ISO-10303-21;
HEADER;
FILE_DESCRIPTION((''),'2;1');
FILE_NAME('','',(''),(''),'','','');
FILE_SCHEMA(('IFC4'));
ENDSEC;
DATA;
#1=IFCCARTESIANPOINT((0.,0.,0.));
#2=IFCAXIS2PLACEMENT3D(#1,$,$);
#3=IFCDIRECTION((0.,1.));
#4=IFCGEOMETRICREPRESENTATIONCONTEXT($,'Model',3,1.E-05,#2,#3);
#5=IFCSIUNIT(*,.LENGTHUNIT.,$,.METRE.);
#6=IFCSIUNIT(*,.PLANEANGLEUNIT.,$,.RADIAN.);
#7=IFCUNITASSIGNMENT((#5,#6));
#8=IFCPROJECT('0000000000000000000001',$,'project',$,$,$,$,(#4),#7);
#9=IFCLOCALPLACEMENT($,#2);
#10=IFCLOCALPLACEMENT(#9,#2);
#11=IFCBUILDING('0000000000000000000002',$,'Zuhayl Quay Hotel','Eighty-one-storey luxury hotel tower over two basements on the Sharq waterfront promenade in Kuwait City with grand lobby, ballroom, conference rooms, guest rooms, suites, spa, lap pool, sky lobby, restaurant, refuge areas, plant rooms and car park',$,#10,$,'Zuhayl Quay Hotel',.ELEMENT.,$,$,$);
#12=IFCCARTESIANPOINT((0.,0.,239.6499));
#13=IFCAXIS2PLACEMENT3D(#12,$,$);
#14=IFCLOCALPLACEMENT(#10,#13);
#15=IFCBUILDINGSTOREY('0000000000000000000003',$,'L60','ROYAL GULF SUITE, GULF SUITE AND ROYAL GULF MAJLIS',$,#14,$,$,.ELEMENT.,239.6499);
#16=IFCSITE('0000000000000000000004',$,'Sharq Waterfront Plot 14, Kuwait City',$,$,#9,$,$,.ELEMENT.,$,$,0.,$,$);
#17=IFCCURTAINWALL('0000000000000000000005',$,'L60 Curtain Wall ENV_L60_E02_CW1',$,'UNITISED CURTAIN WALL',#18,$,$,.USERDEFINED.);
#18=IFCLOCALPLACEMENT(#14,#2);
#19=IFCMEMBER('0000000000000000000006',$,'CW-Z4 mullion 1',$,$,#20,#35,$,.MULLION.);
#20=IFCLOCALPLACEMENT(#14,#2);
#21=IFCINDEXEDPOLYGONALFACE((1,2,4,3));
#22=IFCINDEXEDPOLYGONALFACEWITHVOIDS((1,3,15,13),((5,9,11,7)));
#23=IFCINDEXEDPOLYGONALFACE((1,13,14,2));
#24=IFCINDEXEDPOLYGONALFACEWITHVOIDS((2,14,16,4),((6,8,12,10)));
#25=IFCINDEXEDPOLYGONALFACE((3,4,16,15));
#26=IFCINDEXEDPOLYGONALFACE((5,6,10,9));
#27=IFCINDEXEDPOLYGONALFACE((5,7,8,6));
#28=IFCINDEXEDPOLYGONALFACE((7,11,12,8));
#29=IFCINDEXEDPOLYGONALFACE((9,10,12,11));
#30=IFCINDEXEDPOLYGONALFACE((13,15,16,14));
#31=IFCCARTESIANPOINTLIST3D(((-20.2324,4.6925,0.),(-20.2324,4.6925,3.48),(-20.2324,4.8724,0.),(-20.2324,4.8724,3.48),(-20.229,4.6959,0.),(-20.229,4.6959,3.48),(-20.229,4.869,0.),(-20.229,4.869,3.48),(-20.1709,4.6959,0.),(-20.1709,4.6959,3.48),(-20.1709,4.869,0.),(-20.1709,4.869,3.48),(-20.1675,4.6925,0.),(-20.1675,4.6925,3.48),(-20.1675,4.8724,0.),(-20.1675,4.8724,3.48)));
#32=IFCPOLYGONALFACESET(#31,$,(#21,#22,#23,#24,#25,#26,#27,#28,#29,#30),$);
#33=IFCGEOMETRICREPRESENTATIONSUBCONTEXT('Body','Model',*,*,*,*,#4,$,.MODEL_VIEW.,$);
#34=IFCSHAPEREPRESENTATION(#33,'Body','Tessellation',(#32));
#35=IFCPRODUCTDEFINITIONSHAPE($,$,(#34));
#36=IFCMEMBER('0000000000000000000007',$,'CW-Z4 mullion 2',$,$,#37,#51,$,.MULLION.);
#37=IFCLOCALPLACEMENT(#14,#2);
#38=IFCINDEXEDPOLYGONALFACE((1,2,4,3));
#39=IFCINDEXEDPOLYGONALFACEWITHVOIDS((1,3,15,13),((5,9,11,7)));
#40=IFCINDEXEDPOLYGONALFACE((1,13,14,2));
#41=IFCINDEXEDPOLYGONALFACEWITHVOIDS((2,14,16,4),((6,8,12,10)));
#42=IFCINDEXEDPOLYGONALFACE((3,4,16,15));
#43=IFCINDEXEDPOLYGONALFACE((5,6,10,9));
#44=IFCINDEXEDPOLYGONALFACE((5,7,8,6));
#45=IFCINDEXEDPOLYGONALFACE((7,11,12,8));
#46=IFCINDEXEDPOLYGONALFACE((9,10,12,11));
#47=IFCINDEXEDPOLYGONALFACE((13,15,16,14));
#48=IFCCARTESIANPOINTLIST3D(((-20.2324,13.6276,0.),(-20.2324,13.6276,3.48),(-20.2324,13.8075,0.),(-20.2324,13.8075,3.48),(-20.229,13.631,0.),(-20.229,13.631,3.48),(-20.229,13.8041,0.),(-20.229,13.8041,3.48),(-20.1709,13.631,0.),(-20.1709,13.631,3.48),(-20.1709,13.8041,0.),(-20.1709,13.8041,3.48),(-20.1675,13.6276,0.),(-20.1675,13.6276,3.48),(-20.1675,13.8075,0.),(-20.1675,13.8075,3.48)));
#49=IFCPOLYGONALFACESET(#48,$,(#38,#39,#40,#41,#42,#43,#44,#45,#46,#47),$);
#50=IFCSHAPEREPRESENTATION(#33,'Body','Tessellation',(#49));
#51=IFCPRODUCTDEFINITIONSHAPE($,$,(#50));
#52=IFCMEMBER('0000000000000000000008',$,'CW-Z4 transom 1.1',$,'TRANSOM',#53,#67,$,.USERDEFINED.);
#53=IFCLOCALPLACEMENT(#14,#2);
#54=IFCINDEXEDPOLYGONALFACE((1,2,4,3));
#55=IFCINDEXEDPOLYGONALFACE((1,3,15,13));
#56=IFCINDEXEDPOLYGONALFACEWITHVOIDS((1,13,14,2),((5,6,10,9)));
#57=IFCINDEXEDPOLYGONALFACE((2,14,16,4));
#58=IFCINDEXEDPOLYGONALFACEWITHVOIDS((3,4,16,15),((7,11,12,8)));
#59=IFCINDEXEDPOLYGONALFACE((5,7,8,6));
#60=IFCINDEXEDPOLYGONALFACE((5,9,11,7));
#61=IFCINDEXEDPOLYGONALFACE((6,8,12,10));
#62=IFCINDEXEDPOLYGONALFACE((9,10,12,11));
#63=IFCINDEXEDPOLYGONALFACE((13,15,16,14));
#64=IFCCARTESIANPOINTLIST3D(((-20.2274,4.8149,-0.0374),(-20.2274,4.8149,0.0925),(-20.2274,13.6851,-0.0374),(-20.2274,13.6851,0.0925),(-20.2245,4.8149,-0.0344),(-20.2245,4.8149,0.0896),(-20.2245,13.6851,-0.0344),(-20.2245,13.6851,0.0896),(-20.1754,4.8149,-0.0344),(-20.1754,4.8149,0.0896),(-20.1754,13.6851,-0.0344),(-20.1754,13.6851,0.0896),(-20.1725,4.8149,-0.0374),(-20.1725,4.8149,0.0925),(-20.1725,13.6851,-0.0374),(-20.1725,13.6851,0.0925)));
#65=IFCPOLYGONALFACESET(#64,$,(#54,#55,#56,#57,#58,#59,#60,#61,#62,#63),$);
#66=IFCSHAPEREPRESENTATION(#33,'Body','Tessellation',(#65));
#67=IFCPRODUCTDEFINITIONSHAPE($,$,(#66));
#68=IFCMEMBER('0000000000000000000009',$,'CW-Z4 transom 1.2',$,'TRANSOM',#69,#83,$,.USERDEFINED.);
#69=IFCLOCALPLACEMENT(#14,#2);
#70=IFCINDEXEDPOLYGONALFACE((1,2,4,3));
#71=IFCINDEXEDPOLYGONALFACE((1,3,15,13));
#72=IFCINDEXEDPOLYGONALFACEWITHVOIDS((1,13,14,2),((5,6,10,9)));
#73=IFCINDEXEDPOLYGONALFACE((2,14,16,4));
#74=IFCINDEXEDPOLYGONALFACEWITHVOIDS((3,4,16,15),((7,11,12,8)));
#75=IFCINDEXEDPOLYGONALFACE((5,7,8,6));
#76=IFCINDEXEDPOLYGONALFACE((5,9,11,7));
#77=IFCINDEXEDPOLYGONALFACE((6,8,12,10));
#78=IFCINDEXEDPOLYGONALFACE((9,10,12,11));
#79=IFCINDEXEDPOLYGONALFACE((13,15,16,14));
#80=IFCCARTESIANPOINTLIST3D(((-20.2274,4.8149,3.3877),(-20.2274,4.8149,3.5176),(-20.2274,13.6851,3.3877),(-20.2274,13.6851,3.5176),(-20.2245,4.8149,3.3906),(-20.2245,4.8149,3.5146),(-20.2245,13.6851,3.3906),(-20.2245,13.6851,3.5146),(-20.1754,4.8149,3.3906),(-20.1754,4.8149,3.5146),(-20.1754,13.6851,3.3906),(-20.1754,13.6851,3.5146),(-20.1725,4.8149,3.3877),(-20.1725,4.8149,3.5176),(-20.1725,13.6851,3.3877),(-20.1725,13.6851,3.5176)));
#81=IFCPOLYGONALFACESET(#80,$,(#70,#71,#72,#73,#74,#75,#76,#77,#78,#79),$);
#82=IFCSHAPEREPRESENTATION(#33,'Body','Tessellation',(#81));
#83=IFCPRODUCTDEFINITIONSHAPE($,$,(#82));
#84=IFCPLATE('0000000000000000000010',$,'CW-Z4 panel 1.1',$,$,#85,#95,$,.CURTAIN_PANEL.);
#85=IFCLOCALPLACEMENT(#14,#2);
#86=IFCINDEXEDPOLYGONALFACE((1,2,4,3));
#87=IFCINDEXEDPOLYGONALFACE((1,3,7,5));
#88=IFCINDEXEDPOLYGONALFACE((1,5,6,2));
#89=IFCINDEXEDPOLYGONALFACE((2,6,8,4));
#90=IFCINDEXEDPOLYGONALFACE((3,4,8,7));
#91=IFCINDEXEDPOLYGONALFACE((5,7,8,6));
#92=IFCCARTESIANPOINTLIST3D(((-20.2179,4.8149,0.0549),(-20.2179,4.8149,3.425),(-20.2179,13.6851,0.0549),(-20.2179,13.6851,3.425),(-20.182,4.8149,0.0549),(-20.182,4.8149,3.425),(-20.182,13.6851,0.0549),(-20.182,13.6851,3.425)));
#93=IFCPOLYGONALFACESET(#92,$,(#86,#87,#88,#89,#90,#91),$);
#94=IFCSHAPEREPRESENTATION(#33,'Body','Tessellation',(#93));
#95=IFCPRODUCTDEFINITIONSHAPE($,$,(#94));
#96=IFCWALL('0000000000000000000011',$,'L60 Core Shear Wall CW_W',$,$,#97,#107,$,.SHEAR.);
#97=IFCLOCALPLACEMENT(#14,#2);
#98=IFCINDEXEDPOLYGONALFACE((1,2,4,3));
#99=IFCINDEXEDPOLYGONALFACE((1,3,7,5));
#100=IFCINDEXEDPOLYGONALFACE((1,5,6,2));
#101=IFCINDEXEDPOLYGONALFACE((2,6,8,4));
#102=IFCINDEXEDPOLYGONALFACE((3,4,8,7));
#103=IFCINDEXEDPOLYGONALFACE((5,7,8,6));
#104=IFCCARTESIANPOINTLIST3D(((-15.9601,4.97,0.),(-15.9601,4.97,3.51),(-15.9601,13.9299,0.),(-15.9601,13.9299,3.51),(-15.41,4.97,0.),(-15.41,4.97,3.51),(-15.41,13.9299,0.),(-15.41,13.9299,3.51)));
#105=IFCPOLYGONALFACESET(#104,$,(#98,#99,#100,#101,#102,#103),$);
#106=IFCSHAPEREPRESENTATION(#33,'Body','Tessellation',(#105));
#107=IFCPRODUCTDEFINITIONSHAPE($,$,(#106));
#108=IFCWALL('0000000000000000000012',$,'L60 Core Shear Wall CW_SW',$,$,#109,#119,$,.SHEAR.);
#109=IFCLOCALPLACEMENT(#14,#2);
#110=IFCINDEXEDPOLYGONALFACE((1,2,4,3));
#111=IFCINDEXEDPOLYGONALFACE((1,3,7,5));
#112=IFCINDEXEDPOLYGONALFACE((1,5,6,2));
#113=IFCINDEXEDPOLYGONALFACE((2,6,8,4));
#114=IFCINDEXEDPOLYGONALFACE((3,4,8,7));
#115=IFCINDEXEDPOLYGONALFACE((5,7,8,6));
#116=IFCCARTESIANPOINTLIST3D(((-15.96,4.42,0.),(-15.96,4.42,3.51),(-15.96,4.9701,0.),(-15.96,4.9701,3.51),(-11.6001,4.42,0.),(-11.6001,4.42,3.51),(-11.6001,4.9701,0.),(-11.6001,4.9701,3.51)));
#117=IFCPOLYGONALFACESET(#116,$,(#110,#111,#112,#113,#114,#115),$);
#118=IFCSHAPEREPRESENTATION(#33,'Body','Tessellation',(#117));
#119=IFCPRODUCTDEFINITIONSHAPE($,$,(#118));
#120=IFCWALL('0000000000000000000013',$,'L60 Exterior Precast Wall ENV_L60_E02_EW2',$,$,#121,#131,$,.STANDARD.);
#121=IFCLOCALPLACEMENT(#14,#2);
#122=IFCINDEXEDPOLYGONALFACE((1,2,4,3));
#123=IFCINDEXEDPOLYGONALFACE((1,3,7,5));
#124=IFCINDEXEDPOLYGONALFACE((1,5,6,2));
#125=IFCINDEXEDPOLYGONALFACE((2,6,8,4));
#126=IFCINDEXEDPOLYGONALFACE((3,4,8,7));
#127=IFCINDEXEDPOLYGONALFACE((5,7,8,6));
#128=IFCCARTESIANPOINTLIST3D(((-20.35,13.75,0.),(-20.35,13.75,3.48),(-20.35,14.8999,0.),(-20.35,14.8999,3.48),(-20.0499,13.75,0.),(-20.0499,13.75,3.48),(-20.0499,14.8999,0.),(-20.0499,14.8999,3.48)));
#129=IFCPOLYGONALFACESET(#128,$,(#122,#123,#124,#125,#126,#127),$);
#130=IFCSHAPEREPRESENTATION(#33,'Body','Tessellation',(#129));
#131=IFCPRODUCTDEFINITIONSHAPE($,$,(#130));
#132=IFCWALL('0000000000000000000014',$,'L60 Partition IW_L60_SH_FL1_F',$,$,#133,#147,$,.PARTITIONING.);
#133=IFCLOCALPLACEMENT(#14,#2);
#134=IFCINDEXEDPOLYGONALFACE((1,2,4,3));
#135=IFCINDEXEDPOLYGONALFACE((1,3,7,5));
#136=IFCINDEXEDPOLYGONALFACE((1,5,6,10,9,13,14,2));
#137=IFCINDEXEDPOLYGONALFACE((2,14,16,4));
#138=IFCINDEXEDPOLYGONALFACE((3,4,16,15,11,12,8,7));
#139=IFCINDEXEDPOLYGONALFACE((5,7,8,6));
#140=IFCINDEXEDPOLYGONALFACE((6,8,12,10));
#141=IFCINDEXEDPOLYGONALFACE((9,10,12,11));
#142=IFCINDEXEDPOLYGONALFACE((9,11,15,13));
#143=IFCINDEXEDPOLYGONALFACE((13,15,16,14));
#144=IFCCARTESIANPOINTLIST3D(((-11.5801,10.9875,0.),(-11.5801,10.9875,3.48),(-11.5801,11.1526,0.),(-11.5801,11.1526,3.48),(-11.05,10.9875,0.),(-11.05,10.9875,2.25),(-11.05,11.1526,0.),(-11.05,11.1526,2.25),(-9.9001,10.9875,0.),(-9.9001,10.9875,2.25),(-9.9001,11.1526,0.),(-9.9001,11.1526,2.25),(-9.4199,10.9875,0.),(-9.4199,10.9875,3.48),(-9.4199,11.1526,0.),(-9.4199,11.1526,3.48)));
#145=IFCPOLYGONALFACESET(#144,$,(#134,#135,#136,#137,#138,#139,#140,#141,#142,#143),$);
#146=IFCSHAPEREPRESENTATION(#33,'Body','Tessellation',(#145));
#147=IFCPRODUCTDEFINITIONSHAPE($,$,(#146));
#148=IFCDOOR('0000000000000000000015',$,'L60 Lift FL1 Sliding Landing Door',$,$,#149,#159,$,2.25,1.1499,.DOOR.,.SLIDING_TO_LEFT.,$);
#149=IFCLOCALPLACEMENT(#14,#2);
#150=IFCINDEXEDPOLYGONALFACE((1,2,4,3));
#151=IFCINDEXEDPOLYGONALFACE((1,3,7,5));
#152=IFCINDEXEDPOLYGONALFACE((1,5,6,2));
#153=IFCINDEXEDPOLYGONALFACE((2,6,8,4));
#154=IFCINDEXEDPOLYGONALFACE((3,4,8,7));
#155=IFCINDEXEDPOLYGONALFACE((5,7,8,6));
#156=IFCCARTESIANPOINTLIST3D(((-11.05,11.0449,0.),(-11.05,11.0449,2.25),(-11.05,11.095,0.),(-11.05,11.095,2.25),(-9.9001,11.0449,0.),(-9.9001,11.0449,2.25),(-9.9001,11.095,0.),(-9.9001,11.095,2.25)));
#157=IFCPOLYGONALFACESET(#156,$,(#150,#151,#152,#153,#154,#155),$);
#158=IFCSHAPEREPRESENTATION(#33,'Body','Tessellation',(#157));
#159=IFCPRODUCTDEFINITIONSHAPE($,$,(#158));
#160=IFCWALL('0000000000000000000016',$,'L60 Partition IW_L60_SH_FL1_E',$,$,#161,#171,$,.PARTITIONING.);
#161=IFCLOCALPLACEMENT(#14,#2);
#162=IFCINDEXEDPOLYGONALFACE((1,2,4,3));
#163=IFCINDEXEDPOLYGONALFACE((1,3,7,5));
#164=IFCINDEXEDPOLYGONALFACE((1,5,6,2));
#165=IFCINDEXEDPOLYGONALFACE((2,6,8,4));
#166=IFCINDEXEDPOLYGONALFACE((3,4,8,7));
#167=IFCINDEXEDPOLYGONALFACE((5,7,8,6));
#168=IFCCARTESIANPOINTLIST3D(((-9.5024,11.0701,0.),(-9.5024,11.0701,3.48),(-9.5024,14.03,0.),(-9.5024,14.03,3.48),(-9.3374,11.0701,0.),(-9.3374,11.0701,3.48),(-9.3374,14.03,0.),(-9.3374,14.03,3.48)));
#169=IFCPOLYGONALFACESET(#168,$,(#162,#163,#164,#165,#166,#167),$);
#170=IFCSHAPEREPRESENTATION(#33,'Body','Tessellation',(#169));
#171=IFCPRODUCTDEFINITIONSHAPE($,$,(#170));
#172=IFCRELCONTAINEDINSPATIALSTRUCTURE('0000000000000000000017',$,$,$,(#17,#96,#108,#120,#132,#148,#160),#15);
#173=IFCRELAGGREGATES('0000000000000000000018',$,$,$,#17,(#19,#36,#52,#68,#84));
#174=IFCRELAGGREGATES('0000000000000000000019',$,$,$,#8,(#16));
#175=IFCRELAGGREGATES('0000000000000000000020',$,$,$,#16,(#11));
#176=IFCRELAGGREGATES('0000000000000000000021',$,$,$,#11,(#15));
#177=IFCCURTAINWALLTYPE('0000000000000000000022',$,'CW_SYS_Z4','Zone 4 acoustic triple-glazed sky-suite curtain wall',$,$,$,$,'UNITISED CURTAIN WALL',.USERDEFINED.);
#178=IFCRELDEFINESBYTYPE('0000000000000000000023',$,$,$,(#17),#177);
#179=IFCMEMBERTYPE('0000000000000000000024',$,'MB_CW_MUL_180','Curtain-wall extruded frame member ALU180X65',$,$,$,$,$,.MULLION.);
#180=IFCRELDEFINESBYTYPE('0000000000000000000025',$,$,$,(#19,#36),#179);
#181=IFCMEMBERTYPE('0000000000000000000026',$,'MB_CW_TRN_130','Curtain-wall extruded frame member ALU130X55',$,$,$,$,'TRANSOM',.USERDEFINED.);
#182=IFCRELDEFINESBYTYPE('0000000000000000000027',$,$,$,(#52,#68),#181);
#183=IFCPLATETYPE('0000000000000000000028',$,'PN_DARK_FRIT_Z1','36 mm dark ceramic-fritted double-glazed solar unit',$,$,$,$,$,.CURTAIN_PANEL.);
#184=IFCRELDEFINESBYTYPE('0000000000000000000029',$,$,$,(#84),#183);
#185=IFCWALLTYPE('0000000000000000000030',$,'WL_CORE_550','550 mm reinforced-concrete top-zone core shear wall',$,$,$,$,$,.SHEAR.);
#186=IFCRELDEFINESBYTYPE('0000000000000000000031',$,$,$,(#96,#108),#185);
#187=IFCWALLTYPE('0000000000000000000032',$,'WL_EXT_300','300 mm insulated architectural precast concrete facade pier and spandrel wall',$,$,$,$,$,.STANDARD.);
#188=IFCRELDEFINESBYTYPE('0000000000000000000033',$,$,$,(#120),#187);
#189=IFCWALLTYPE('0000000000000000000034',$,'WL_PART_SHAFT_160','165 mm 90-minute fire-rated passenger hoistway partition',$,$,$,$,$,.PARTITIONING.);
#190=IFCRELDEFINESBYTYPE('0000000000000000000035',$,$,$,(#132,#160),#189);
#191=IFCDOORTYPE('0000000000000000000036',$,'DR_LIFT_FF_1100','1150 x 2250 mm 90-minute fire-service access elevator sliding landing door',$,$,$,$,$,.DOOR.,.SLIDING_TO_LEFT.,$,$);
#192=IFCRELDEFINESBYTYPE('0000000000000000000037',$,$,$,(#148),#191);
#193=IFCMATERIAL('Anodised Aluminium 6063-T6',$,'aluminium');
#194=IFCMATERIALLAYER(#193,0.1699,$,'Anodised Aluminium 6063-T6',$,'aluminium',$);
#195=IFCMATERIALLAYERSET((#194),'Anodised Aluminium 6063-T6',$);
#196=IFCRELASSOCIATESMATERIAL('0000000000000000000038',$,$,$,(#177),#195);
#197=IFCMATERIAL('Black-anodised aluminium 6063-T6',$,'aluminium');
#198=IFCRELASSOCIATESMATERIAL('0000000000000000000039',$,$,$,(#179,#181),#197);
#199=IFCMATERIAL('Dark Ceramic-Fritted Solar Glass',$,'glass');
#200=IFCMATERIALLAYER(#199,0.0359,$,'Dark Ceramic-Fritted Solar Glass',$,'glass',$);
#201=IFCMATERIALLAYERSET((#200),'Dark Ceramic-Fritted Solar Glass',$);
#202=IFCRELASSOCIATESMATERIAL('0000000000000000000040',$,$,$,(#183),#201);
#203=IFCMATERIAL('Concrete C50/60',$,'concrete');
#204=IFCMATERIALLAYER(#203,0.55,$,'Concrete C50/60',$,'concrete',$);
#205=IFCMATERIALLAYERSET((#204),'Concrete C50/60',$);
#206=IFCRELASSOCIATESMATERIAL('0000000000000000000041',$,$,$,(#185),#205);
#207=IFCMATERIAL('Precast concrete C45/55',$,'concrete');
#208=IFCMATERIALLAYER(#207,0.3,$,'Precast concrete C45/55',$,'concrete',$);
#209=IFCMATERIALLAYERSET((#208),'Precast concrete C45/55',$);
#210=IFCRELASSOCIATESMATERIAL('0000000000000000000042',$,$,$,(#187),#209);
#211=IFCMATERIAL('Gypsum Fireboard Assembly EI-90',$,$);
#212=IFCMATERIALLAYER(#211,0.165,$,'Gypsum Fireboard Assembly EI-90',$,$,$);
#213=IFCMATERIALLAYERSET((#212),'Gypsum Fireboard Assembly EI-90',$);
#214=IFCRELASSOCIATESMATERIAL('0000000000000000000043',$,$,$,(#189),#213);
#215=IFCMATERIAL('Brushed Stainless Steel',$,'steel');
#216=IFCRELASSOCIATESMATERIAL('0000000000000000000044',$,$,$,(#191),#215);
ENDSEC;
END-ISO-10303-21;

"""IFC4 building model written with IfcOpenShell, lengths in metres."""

from ifc_helpers import new_model, si_unit, direction, frame, frame_2d, origin, origin_2d, place, context, subcontext, project, spatial, rectangle, hollow_rectangle, extrude, material, layer, layer_set, material_profile, profile_set, type_object, element, fill, aggregate, save


model = new_model("IFC4")

# Units and contexts
model_context = context("Model", 3, precision=1e-05, world=origin(), true_north=direction((0.0, 1.0)))
body_context = subcontext(model_context, "Body", "Model", "MODEL_VIEW")
ifc_project = project(units=[si_unit("LENGTHUNIT", "METRE"), si_unit("PLANEANGLEUNIT", "RADIAN")], contexts=[model_context])

# Site, building, storey
site_placement = place(None, origin())
site = spatial("IfcSite", under=ifc_project, at=site_placement, Name="Sharq Waterfront Plot 14, Kuwait City", CompositionType="ELEMENT", RefElevation=0.0)
building_placement = place(site_placement, origin())
building = spatial("IfcBuilding", under=site, at=building_placement, Name="Zuhayl Quay Hotel", Description="Eighty-one-storey luxury hotel tower over two basements on the Sharq waterfront promenade in Kuwait City with grand lobby, ballroom, conference rooms, guest rooms, suites, spa, lap pool, sky lobby, restaurant, refuge areas, plant rooms and car park", LongName="Zuhayl Quay Hotel", CompositionType="ELEMENT")
storey_placement = place(building_placement, frame((0.0, 0.0, 239.6499)))
storey = spatial("IfcBuildingStorey", under=building, at=storey_placement, Name="L60", Description="ROYAL GULF SUITE, GULF SUITE AND ROYAL GULF MAJLIS", CompositionType="ELEMENT", Elevation=239.6499)

# Curtain wall, members, plate
ifc_material_1 = material(Name="Anodised Aluminium 6063-T6", Category="aluminium")
ifc_layer_1 = layer(ifc_material_1, 0.1699, Name="Anodised Aluminium 6063-T6", Category="aluminium")
ifc_layer_set_1 = layer_set([ifc_layer_1], Name="Anodised Aluminium 6063-T6")
curtain_wall_type = type_object("IfcCurtainWallType", Name="CW_SYS_Z4", Description="Zone 4 acoustic triple-glazed sky-suite curtain wall", ElementType="UNITISED CURTAIN WALL", PredefinedType="USERDEFINED", material=ifc_layer_set_1)
curtain_wall_placement = place(storey_placement, origin())
curtain_wall = element("IfcCurtainWall", 1, at=curtain_wall_placement, inside=storey, type_object=curtain_wall_type, Name="L60 Curtain Wall ENV_L60_E02_CW1", ObjectType="UNITISED CURTAIN WALL", PredefinedType="USERDEFINED")
ifc_material_2 = material(Name="Black-anodised aluminium 6063-T6", Category="aluminium")
ifc_material_profile_1 = material_profile(ifc_material_2, hollow_rectangle(XDim=0.0649, YDim=0.1799, WallThickness=0.0034, at=origin_2d()), Name="ALU180X65")
ifc_profile_set_1 = profile_set([ifc_material_profile_1], Name="Black-anodised aluminium 6063-T6")
member_type_1 = type_object("IfcMemberType", Name="MB_CW_MUL_180", Description="Curtain-wall extruded frame member ALU180X65", PredefinedType="MULLION", material=ifc_profile_set_1)
member_1_placement = place(storey_placement, frame((-20.2, 4.7825, 0.0), z_axis=(0.0, 0.0, 1.0), x_axis=(-1.0, 0.0, 0.0)))
member_1 = element("IfcMember", 2, at=member_1_placement, type_object=member_type_1, Name="CW-Z4 mullion 1", PredefinedType="MULLION", context=body_context, shape_type="SweptSolid", body=[
    extrude(hollow_rectangle(XDim=0.0649, YDim=0.1799, WallThickness=0.0034, at=origin_2d()), origin(), (0.0, 0.0, 1.0), 3.48),
])
member_2_placement = place(storey_placement, frame((-20.2, 13.7175, 0.0), z_axis=(0.0, 0.0, 1.0), x_axis=(-1.0, 0.0, 0.0)))
member_2 = element("IfcMember", 3, at=member_2_placement, type_object=member_type_1, Name="CW-Z4 mullion 2", PredefinedType="MULLION", context=body_context, shape_type="SweptSolid", body=[
    extrude(hollow_rectangle(XDim=0.0649, YDim=0.1799, WallThickness=0.0034, at=origin_2d()), origin(), (0.0, 0.0, 1.0), 3.48),
])
ifc_material_profile_2 = material_profile(ifc_material_2, hollow_rectangle(XDim=0.0549, YDim=0.1299, WallThickness=0.0029, at=origin_2d()), Name="ALU130X55")
ifc_profile_set_2 = profile_set([ifc_material_profile_2], Name="Black-anodised aluminium 6063-T6")
member_type_2 = type_object("IfcMemberType", Name="MB_CW_TRN_130", Description="Curtain-wall extruded frame member ALU130X55", ElementType="TRANSOM", PredefinedType="USERDEFINED", material=ifc_profile_set_2)
member_3_placement = place(storey_placement, frame((-20.2, 4.8149, 0.0276), z_axis=(0.0, 1.0, 0.0), x_axis=(-1.0, 0.0, 0.0)))
member_3 = element("IfcMember", 4, at=member_3_placement, type_object=member_type_2, Name="CW-Z4 transom 1.1", ObjectType="TRANSOM", PredefinedType="USERDEFINED", context=body_context, shape_type="SweptSolid", body=[
    extrude(hollow_rectangle(XDim=0.0549, YDim=0.1299, WallThickness=0.0029, at=origin_2d()), origin(), (0.0, 0.0, 1.0), 8.8701),
])
member_4_placement = place(storey_placement, frame((-20.2, 4.8149, 3.4526), z_axis=(0.0, 1.0, 0.0), x_axis=(-1.0, 0.0, 0.0)))
member_4 = element("IfcMember", 5, at=member_4_placement, type_object=member_type_2, Name="CW-Z4 transom 1.2", ObjectType="TRANSOM", PredefinedType="USERDEFINED", context=body_context, shape_type="SweptSolid", body=[
    extrude(hollow_rectangle(XDim=0.0549, YDim=0.1299, WallThickness=0.0029, at=origin_2d()), origin(), (0.0, 0.0, 1.0), 8.8701),
])
ifc_material_3 = material(Name="Dark Ceramic-Fritted Solar Glass", Category="glass")
ifc_layer_2 = layer(ifc_material_3, 0.0359, Name="Dark Ceramic-Fritted Solar Glass", Category="glass")
ifc_layer_set_2 = layer_set([ifc_layer_2], Name="Dark Ceramic-Fritted Solar Glass")
plate_type = type_object("IfcPlateType", Name="PN_DARK_FRIT_Z1", Description="36 mm dark ceramic-fritted double-glazed solar unit", PredefinedType="CURTAIN_PANEL", material=ifc_layer_set_2)
plate_placement = place(storey_placement, frame((-20.2, 9.25, 0.0549), z_axis=(0.0, 0.0, 1.0), x_axis=(0.0, 1.0, 0.0)))
plate = element("IfcPlate", 6, at=plate_placement, type_object=plate_type, Name="CW-Z4 panel 1.1", PredefinedType="CURTAIN_PANEL", context=body_context, shape_type="SweptSolid", body=[
    extrude(rectangle(XDim=8.8701, YDim=0.0359, at=origin_2d()), origin(), (0.0, 0.0, 1.0), 3.3701),
])
aggregate(curtain_wall, [member_1, member_2, member_3, member_4, plate])

# Walls
ifc_material_4 = material(Name="Concrete C50/60", Category="concrete")
ifc_layer_3 = layer(ifc_material_4, 0.55, Name="Concrete C50/60", Category="concrete")
ifc_layer_set_3 = layer_set([ifc_layer_3], Name="Concrete C50/60")
wall_type_1 = type_object("IfcWallType", Name="WL_CORE_550", Description="550 mm reinforced-concrete top-zone core shear wall", PredefinedType="SHEAR", material=ifc_layer_set_3)
wall_1_placement = place(storey_placement, frame((-15.6851, 4.97, 0.0), z_axis=(0.0, 0.0, 1.0), x_axis=(0.0, 1.0, 0.0)))
element("IfcWall", 7, at=wall_1_placement, inside=storey, type_object=wall_type_1, Name="L60 Core Shear Wall CW_W", PredefinedType="SHEAR", context=body_context, shape_type="SweptSolid", body=[
    extrude(rectangle(XDim=8.96, YDim=0.55, at=frame_2d((4.48, 0.0))), origin(), (0.0, 0.0, 1.0), 3.51),
])
wall_2_placement = place(storey_placement, frame((-15.96, 4.6951, 0.0), z_axis=(0.0, 0.0, 1.0), x_axis=(1.0, 0.0, 0.0)))
element("IfcWall", 8, at=wall_2_placement, inside=storey, type_object=wall_type_1, Name="L60 Core Shear Wall CW_SW", PredefinedType="SHEAR", context=body_context, shape_type="SweptSolid", body=[
    extrude(rectangle(XDim=4.3599, YDim=0.55, at=frame_2d((2.1799, 0.0))), origin(), (0.0, 0.0, 1.0), 3.51),
])
ifc_material_5 = material(Name="Precast concrete C45/55", Category="concrete")
ifc_layer_4 = layer(ifc_material_5, 0.3, Name="Precast concrete C45/55", Category="concrete")
ifc_layer_set_4 = layer_set([ifc_layer_4], Name="Precast concrete C45/55")
wall_type_2 = type_object("IfcWallType", Name="WL_EXT_300", Description="300 mm insulated architectural precast concrete facade pier and spandrel wall", PredefinedType="STANDARD", material=ifc_layer_set_4)
wall_3_placement = place(storey_placement, frame((-20.2, 13.75, 0.0), z_axis=(0.0, 0.0, 1.0), x_axis=(0.0, 1.0, 0.0)))
element("IfcWall", 9, at=wall_3_placement, inside=storey, type_object=wall_type_2, Name="L60 Exterior Precast Wall ENV_L60_E02_EW2", PredefinedType="STANDARD", context=body_context, shape_type="SweptSolid", body=[
    extrude(rectangle(XDim=1.1499, YDim=0.3, at=frame_2d((0.575, 0.0))), origin(), (0.0, 0.0, 1.0), 3.48),
])

# Wall, opening, door
ifc_material_6 = material(Name="Gypsum Fireboard Assembly EI-90")
ifc_layer_5 = layer(ifc_material_6, 0.165, Name="Gypsum Fireboard Assembly EI-90")
ifc_layer_set_5 = layer_set([ifc_layer_5], Name="Gypsum Fireboard Assembly EI-90")
wall_type_3 = type_object("IfcWallType", Name="WL_PART_SHAFT_160", Description="165 mm 90-minute fire-rated passenger hoistway partition", PredefinedType="PARTITIONING", material=ifc_layer_set_5)
wall_4_placement = place(storey_placement, frame((-11.5801, 11.0701, 0.0), z_axis=(0.0, 0.0, 1.0), x_axis=(1.0, 0.0, 0.0)))
wall_4 = element("IfcWall", 10, at=wall_4_placement, inside=storey, type_object=wall_type_3, Name="L60 Partition IW_L60_SH_FL1_F", PredefinedType="PARTITIONING", context=body_context, shape_type="SweptSolid", body=[
    extrude(rectangle(XDim=2.1602, YDim=0.165, at=frame_2d((1.0801, 0.0))), origin(), (0.0, 0.0, 1.0), 3.48),
])
opening_1_placement = place(wall_4_placement, frame((0.53, 0.0, 0.0)))
opening_1 = element("IfcOpeningElement", 11, at=opening_1_placement, cuts=wall_4, PredefinedType="OPENING", context=body_context, shape_type="SweptSolid", body=[
    extrude(rectangle(XDim=1.1499, YDim=2.25, at=frame_2d((0.575, 1.125))), frame((0.0, 0.0925, 0.0), z_axis=(0.0, -1.0, 0.0), x_axis=(1.0, 0.0, 0.0)), (0.0, 0.0, 1.0), 0.1851),
])
ifc_material_7 = material(Name="Brushed Stainless Steel", Category="steel")
door_type_1 = type_object("IfcDoorType", Name="DR_LIFT_FF_1100", Description="1150 x 2250 mm 90-minute fire-service access elevator sliding landing door", OperationType="SLIDING_TO_LEFT", PredefinedType="DOOR", material=ifc_material_7)
door_1_placement = place(opening_1_placement, origin())
door_1 = element("IfcDoor", 12, at=door_1_placement, inside=storey, type_object=door_type_1, Name="L60 Lift FL1 Sliding Landing Door", OperationType="SLIDING_TO_LEFT", OverallHeight=2.25, OverallWidth=1.1499, PredefinedType="DOOR", context=body_context, shape_type="SweptSolid", body=[
    extrude(rectangle(XDim=1.1499, YDim=2.25, at=frame_2d((0.575, 1.125))), frame((0.0, 0.0249, 0.0), z_axis=(0.0, -1.0, 0.0), x_axis=(1.0, 0.0, 0.0)), (0.0, 0.0, 1.0), 0.05),
])
fill(opening_1, door_1)

# Wall
wall_5_placement = place(storey_placement, frame((-9.4199, 11.0701, 0.0), z_axis=(0.0, 0.0, 1.0), x_axis=(0.0, 1.0, 0.0)))
element("IfcWall", 13, at=wall_5_placement, inside=storey, type_object=wall_type_3, Name="L60 Partition IW_L60_SH_FL1_E", PredefinedType="PARTITIONING", context=body_context, shape_type="SweptSolid", body=[
    extrude(rectangle(XDim=2.96, YDim=0.165, at=frame_2d((1.48, 0.0))), origin(), (0.0, 0.0, 1.0), 3.48),
])

save(model, "model.ifc")
